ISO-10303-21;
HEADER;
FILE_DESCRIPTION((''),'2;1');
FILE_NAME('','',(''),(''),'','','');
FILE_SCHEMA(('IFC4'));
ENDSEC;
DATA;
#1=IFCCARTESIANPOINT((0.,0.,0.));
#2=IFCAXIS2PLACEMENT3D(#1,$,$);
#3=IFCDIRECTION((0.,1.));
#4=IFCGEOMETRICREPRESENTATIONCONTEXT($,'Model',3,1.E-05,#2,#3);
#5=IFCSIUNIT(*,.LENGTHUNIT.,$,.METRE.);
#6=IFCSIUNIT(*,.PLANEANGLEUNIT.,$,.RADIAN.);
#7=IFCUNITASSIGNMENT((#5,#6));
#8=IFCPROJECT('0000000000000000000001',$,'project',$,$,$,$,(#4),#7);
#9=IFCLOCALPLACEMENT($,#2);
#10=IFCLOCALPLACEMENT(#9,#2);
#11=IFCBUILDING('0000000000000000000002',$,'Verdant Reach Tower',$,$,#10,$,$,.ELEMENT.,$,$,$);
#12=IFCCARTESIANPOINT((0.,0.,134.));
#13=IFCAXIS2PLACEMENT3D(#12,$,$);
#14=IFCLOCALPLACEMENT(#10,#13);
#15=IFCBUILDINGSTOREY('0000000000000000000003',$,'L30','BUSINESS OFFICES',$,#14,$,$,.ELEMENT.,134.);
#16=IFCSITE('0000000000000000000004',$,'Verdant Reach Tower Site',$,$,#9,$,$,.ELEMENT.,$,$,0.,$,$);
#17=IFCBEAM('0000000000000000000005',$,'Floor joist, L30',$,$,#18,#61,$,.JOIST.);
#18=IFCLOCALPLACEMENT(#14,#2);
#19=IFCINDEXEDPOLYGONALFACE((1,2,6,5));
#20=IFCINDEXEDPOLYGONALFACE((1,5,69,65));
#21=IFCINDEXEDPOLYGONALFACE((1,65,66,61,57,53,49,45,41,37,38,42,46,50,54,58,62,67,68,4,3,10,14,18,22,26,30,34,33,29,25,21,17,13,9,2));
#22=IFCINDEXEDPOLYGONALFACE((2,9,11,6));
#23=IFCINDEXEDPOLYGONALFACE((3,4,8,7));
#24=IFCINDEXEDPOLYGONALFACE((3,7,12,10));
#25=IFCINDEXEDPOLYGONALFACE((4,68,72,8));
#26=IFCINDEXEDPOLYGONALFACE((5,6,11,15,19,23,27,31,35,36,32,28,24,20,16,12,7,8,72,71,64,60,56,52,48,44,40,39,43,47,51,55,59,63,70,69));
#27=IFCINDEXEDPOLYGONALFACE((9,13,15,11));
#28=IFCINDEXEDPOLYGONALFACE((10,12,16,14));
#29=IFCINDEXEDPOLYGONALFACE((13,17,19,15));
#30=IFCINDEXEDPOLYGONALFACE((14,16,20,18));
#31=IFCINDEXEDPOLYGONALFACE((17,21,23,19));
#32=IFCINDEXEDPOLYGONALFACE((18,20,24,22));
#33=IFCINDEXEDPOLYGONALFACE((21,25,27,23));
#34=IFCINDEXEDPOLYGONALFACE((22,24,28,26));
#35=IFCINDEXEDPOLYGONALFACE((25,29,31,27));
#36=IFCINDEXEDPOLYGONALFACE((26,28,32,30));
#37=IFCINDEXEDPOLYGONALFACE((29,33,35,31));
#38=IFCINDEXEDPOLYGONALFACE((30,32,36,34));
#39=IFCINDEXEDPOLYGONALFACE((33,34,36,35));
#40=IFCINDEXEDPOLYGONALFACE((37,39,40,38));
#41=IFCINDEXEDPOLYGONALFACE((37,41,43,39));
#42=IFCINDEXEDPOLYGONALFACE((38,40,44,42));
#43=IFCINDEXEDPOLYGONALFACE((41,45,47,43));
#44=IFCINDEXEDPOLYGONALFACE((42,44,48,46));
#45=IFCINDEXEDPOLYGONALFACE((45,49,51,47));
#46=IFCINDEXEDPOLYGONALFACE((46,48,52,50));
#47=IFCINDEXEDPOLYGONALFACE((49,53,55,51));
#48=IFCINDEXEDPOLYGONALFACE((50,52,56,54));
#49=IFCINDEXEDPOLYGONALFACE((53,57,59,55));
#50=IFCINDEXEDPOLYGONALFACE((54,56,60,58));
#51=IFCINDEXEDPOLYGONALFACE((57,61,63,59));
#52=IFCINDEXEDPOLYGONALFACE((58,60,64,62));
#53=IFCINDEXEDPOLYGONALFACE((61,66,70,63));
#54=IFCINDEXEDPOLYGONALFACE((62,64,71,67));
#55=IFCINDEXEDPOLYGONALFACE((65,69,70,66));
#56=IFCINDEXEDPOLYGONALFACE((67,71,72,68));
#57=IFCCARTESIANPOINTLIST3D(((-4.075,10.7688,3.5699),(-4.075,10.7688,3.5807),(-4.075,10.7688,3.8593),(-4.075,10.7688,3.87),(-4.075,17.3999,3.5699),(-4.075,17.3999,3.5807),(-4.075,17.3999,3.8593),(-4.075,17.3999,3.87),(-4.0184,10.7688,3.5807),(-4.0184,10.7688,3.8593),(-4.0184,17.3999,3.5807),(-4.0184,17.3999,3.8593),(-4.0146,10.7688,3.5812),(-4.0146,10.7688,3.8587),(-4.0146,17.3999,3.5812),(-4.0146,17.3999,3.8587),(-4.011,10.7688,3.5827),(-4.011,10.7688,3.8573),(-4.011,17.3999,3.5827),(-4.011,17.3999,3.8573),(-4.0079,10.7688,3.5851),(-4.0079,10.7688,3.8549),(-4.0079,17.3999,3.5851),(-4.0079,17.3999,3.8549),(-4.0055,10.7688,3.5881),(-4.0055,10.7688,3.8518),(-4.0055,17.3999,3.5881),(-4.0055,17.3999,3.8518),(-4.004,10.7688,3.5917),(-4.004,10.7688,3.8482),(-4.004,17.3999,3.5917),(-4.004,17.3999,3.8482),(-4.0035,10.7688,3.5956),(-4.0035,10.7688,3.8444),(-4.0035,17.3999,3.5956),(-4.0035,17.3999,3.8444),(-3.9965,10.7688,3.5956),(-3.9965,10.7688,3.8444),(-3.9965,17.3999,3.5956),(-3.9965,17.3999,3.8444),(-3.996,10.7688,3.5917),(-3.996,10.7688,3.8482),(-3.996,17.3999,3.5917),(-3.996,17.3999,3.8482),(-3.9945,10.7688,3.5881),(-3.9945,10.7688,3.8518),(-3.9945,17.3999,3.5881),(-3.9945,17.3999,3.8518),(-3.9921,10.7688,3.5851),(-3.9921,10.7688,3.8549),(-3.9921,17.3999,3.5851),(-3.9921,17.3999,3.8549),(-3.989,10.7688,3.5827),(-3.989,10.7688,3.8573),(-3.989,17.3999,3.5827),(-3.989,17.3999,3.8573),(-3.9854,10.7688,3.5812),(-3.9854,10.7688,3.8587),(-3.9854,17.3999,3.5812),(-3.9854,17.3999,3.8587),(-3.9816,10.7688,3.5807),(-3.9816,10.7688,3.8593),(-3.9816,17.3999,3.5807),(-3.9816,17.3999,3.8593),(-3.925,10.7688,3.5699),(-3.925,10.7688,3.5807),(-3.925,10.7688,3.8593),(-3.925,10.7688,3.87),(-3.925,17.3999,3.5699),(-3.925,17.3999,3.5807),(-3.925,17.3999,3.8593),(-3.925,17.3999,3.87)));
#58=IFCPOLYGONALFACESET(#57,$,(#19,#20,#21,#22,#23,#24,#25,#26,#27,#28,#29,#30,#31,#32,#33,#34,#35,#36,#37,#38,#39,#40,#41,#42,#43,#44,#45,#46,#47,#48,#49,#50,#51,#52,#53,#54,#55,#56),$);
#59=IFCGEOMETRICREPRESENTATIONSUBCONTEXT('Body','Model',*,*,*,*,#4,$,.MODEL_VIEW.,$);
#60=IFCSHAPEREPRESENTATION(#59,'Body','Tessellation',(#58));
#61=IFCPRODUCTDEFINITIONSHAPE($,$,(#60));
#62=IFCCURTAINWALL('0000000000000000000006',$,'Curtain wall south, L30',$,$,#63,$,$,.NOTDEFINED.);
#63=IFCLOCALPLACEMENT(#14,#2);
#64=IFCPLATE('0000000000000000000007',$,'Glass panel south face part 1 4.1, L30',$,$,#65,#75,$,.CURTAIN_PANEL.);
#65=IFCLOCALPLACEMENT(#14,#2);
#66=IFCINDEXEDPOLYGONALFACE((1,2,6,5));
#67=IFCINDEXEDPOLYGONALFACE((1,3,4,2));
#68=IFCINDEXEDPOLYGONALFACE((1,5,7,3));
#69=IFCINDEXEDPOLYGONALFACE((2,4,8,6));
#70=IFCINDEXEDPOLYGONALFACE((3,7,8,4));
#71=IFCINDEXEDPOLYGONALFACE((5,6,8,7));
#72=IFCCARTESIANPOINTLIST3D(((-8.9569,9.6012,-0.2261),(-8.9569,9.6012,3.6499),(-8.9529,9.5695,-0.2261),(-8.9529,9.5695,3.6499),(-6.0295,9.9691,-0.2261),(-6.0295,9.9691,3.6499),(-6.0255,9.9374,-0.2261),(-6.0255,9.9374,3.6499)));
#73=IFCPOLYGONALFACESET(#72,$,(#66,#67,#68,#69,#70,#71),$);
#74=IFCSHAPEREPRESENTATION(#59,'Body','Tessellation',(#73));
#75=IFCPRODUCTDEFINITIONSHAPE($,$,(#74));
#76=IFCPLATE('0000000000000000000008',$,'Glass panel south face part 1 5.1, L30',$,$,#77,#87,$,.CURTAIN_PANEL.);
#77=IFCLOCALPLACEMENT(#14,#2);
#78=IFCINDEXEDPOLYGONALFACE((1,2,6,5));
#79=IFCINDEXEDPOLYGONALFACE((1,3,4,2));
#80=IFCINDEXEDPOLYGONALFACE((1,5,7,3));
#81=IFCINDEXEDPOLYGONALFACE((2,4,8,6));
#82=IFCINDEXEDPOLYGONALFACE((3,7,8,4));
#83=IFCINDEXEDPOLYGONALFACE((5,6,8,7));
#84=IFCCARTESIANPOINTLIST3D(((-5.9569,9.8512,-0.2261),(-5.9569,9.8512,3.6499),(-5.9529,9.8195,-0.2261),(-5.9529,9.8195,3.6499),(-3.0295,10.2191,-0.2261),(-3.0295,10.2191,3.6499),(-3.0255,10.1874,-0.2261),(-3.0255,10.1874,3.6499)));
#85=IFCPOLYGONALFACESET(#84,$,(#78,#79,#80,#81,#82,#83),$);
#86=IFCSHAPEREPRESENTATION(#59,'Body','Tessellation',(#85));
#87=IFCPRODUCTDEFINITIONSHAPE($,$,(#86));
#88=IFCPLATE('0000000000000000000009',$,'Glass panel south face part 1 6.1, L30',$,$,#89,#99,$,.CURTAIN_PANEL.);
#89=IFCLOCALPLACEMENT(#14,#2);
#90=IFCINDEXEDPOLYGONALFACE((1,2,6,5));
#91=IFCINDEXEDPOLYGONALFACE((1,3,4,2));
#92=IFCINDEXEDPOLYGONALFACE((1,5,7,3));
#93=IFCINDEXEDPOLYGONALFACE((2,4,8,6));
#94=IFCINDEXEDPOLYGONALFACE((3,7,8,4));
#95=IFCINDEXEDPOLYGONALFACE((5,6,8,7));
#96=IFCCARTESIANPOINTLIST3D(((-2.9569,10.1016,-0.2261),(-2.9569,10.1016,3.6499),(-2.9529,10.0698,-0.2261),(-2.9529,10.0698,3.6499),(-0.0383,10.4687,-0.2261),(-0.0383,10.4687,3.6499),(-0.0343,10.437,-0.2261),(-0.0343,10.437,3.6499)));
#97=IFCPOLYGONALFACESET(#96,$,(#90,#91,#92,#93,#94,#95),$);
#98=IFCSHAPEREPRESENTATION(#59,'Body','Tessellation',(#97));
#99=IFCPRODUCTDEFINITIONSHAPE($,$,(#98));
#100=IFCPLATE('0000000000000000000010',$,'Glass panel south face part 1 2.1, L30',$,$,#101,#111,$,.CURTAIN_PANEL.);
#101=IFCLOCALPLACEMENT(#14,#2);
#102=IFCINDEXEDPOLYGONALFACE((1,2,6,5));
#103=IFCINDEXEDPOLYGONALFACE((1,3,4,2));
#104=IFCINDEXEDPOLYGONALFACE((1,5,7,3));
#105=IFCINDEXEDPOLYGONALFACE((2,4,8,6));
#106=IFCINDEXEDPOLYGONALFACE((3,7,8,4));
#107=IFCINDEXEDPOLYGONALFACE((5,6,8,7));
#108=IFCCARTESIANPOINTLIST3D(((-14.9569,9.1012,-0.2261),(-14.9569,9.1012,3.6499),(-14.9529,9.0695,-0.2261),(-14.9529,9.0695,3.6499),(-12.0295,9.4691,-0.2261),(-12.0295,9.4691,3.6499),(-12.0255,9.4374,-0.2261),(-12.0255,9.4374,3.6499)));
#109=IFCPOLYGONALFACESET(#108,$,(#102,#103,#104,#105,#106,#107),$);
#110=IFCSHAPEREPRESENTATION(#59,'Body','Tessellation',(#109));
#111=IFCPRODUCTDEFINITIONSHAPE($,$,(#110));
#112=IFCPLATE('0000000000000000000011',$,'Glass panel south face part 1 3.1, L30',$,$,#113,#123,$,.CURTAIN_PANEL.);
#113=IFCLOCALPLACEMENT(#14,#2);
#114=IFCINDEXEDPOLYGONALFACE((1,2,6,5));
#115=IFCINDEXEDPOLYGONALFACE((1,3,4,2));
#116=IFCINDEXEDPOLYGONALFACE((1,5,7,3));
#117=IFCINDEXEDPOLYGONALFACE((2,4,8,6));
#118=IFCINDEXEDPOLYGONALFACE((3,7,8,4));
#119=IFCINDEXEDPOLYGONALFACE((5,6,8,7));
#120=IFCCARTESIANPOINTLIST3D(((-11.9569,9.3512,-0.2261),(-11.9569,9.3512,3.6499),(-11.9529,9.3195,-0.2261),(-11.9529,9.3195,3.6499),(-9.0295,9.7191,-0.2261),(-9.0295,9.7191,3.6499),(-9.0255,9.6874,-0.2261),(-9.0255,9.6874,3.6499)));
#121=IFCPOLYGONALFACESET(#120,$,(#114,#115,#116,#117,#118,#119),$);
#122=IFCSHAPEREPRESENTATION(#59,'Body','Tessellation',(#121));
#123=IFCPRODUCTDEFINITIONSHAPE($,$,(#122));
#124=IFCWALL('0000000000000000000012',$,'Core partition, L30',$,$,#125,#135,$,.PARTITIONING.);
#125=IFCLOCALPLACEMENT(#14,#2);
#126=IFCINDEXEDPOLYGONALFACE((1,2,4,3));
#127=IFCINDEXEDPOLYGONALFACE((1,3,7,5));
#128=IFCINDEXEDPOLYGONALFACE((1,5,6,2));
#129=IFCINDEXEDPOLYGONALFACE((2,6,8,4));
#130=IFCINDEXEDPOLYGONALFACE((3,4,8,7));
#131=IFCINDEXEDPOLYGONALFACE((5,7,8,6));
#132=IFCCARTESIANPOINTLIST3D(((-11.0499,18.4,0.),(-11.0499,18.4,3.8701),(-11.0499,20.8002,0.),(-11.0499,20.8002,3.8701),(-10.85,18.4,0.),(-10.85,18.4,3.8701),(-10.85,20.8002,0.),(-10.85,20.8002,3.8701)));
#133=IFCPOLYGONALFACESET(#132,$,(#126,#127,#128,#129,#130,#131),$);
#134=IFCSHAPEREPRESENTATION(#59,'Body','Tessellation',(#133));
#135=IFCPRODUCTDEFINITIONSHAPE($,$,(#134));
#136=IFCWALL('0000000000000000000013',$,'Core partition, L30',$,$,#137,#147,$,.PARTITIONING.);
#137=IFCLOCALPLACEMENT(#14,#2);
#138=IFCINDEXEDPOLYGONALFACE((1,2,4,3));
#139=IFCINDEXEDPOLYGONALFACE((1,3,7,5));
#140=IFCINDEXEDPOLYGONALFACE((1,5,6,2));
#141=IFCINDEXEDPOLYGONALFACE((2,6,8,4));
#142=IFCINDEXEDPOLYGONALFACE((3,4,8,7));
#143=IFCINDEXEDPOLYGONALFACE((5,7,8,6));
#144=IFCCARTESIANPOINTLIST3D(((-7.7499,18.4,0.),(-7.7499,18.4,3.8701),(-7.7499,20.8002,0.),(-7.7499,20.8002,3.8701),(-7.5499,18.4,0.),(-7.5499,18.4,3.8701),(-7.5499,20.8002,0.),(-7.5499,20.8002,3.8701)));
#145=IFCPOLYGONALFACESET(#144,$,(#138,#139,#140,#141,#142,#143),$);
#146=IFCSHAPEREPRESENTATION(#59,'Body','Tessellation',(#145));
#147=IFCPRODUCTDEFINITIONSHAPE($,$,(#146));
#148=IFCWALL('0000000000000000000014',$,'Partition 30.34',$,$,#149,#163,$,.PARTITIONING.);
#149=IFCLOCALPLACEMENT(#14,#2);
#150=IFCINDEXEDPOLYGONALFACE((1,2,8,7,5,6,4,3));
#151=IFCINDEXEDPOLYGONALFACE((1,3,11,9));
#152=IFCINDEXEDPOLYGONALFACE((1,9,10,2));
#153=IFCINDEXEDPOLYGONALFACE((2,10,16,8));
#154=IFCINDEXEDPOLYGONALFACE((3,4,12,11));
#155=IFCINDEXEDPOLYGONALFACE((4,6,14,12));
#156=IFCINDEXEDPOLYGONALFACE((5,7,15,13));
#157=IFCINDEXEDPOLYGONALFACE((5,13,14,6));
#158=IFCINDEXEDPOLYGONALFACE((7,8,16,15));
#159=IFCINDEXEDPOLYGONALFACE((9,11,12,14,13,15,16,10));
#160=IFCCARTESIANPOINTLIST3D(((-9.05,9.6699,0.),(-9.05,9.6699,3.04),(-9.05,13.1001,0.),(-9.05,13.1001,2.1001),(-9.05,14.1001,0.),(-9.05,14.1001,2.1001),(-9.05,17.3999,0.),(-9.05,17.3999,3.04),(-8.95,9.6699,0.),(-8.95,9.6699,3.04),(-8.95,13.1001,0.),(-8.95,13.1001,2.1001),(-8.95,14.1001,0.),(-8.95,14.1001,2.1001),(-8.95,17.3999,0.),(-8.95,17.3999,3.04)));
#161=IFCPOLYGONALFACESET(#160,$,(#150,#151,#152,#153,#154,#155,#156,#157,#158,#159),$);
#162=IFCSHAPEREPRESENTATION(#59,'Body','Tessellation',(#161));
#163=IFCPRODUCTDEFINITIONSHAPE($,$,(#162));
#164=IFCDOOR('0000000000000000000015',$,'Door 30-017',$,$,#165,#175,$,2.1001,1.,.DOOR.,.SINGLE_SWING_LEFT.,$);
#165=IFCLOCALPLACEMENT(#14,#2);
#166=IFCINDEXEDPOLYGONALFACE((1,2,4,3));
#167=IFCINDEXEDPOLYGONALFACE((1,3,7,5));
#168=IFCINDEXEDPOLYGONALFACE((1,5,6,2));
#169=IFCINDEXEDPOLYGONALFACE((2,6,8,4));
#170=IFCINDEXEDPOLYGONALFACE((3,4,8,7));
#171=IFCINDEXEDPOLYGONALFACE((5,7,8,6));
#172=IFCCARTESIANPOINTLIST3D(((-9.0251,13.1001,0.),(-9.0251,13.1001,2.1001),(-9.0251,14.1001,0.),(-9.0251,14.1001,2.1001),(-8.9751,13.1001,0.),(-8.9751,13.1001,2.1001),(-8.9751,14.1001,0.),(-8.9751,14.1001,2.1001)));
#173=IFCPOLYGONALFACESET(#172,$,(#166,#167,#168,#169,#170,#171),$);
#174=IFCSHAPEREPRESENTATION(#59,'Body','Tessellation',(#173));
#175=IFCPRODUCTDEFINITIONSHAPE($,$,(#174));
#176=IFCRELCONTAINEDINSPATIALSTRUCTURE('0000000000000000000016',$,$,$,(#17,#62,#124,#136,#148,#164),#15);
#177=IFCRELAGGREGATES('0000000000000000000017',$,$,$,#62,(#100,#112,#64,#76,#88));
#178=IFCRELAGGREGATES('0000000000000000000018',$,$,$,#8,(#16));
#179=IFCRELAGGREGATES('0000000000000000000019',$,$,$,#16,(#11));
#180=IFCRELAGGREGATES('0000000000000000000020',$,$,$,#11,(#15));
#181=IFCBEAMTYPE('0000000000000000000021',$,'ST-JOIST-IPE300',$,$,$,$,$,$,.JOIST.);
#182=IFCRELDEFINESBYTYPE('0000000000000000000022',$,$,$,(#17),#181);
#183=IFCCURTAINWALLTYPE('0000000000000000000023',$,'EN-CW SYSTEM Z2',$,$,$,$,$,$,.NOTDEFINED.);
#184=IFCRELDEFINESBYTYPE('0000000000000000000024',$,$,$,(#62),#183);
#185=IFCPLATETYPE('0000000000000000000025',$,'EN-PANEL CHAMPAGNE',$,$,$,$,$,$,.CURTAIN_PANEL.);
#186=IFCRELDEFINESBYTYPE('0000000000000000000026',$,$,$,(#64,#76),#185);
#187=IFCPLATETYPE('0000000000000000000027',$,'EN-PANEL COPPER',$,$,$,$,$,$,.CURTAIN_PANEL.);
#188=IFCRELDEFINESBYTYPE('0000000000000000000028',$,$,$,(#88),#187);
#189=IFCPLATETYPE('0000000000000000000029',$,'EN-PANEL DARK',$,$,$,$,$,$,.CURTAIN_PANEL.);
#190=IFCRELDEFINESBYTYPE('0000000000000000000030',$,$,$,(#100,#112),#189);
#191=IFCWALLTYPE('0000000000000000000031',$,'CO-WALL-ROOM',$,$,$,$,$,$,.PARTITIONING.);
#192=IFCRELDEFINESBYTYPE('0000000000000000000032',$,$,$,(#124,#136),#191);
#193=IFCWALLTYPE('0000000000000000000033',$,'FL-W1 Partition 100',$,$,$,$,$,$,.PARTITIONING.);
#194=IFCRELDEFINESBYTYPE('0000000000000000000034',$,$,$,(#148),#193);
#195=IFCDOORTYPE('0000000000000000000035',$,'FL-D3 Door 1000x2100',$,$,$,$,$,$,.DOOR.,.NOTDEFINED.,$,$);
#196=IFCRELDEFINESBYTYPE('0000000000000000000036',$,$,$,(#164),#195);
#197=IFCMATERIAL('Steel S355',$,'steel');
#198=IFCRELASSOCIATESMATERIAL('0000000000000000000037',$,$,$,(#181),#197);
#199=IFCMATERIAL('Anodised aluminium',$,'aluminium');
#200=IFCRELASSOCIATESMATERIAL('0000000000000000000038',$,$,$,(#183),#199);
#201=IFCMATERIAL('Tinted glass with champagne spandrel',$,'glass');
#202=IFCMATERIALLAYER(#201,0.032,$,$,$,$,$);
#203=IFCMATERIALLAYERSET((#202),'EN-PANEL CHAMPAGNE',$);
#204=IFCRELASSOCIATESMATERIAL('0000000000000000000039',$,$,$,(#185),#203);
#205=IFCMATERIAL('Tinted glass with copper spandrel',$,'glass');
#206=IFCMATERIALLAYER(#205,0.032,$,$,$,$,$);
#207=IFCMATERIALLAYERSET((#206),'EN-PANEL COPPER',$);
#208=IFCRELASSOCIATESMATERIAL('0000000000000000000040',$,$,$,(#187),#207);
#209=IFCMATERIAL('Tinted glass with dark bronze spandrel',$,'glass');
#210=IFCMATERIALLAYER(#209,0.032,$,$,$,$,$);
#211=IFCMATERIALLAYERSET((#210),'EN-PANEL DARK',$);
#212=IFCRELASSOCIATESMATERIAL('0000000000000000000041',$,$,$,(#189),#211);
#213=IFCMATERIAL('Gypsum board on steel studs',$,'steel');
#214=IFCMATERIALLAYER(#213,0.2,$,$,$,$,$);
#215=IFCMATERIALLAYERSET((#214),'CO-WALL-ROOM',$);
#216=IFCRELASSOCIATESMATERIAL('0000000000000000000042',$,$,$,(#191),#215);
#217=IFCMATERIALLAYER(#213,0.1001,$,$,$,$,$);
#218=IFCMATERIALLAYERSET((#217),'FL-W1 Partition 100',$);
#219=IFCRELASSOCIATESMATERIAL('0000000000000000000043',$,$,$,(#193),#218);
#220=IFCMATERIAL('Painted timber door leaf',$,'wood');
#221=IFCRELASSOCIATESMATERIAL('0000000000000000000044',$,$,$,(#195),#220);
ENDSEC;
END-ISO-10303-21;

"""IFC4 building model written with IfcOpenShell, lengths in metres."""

from ifc_helpers import new_model, si_unit, direction, frame, frame_2d, origin, origin_2d, place, context, subcontext, project, spatial, rectangle, i_section, extrude, material, layer, layer_set, material_profile, profile_set, type_object, element, fill, aggregate, save


model = new_model("IFC4")

# Units and contexts
model_context = context("Model", 3, precision=1e-05, world=origin(), true_north=direction((0.0, 1.0)))
body_context = subcontext(model_context, "Body", "Model", "MODEL_VIEW")
ifc_project = project(units=[si_unit("LENGTHUNIT", "METRE"), si_unit("PLANEANGLEUNIT", "RADIAN")], contexts=[model_context])

# Site, building, storey
site_placement = place(None, origin())
site = spatial("IfcSite", under=ifc_project, at=site_placement, Name="Verdant Reach Tower Site", CompositionType="ELEMENT", RefElevation=0.0)
building_placement = place(site_placement, origin())
building = spatial("IfcBuilding", under=site, at=building_placement, Name="Verdant Reach Tower", CompositionType="ELEMENT")
storey_placement = place(building_placement, frame((0.0, 0.0, 134.0)))
storey = spatial("IfcBuildingStorey", under=building, at=storey_placement, Name="L30", Description="BUSINESS OFFICES", CompositionType="ELEMENT", Elevation=134.0)

# Beam
ifc_material_1 = material(Name="Steel S355", Category="steel")
ifc_material_profile_1 = material_profile(ifc_material_1, i_section(OverallWidth=0.1499, OverallDepth=0.3, WebThickness=0.0071, FlangeThickness=0.0107, FilletRadius=0.0149, at=origin_2d()), Name="IPE 300")
ifc_profile_set_1 = profile_set([ifc_material_profile_1], Name="Steel S355")
beam_type_1 = type_object("IfcBeamType", Name="ST-JOIST-IPE300", PredefinedType="JOIST", material=ifc_profile_set_1)
beam_1_placement = place(storey_placement, frame((-4.0, 17.3999, 3.72), z_axis=(0.0, -1.0, 0.0), x_axis=(1.0, 0.0, 0.0)))
element("IfcBeam", 1, at=beam_1_placement, inside=storey, type_object=beam_type_1, Name="Floor joist, L30", PredefinedType="JOIST", context=body_context, shape_type="SweptSolid", body=[
    extrude(i_section(OverallWidth=0.1499, OverallDepth=0.3, WebThickness=0.0071, FlangeThickness=0.0107, FilletRadius=0.0149, at=origin_2d()), origin(), (0.0, 0.0, 1.0), 6.6311),
])

# Curtain wall, plates
ifc_material_2 = material(Name="Anodised aluminium", Category="aluminium")
curtain_wall_type = type_object("IfcCurtainWallType", Name="EN-CW SYSTEM Z2", PredefinedType="NOTDEFINED", material=ifc_material_2)
curtain_wall_placement = place(storey_placement, origin())
curtain_wall = element("IfcCurtainWall", 2, at=curtain_wall_placement, inside=storey, type_object=curtain_wall_type, Name="Curtain wall south, L30", PredefinedType="NOTDEFINED")
ifc_material_3 = material(Name="Tinted glass with champagne spandrel", Category="glass")
ifc_layer_1 = layer(ifc_material_3, 0.032)
ifc_layer_set_1 = layer_set([ifc_layer_1], Name="EN-PANEL CHAMPAGNE")
plate_type_1 = type_object("IfcPlateType", Name="EN-PANEL CHAMPAGNE", PredefinedType="CURTAIN_PANEL", material=ifc_layer_set_1)
plate_1_placement = place(storey_placement, frame((-7.4912, 9.7693, -0.2261), z_axis=(0.0, 0.0, 1.0), x_axis=(0.992194, 0.124704, 0.0)))
plate_1 = element("IfcPlate", 3, at=plate_1_placement, type_object=plate_type_1, Name="Glass panel south face part 1 4.1, L30", PredefinedType="CURTAIN_PANEL", context=body_context, shape_type="SweptSolid", body=[
    extrude(rectangle(XDim=2.9504, YDim=0.032, at=origin_2d()), origin(), (0.0, 0.0, 1.0), 3.876),
])
plate_2_placement = place(storey_placement, frame((-4.4912, 10.0193, -0.2261), z_axis=(0.0, 0.0, 1.0), x_axis=(0.992194, 0.124704, 0.0)))
plate_2 = element("IfcPlate", 4, at=plate_2_placement, type_object=plate_type_1, Name="Glass panel south face part 1 5.1, L30", PredefinedType="CURTAIN_PANEL", context=body_context, shape_type="SweptSolid", body=[
    extrude(rectangle(XDim=2.9504, YDim=0.032, at=origin_2d()), origin(), (0.0, 0.0, 1.0), 3.876),
])
ifc_material_4 = material(Name="Tinted glass with copper spandrel", Category="glass")
ifc_layer_2 = layer(ifc_material_4, 0.032)
ifc_layer_set_2 = layer_set([ifc_layer_2], Name="EN-PANEL COPPER")
plate_type_2 = type_object("IfcPlateType", Name="EN-PANEL COPPER", PredefinedType="CURTAIN_PANEL", material=ifc_layer_set_2)
plate_3_placement = place(storey_placement, frame((-1.4956, 10.2693, -0.2261), z_axis=(0.0, 0.0, 1.0), x_axis=(0.992179, 0.124825, 0.0)))
plate_3 = element("IfcPlate", 5, at=plate_3_placement, type_object=plate_type_2, Name="Glass panel south face part 1 6.1, L30", PredefinedType="CURTAIN_PANEL", context=body_context, shape_type="SweptSolid", body=[
    extrude(rectangle(XDim=2.9417, YDim=0.032, at=origin_2d()), origin(), (0.0, 0.0, 1.0), 3.876),
])
ifc_material_5 = material(Name="Tinted glass with dark bronze spandrel", Category="glass")
ifc_layer_3 = layer(ifc_material_5, 0.032)
ifc_layer_set_3 = layer_set([ifc_layer_3], Name="EN-PANEL DARK")
plate_type_3 = type_object("IfcPlateType", Name="EN-PANEL DARK", PredefinedType="CURTAIN_PANEL", material=ifc_layer_set_3)
plate_4_placement = place(storey_placement, frame((-13.4912, 9.2693, -0.2261), z_axis=(0.0, 0.0, 1.0), x_axis=(0.992194, 0.124704, 0.0)))
plate_4 = element("IfcPlate", 6, at=plate_4_placement, type_object=plate_type_3, Name="Glass panel south face part 1 2.1, L30", PredefinedType="CURTAIN_PANEL", context=body_context, shape_type="SweptSolid", body=[
    extrude(rectangle(XDim=2.9504, YDim=0.032, at=origin_2d()), origin(), (0.0, 0.0, 1.0), 3.876),
])
plate_5_placement = place(storey_placement, frame((-10.4912, 9.5193, -0.2261), z_axis=(0.0, 0.0, 1.0), x_axis=(0.992194, 0.124704, 0.0)))
plate_5 = element("IfcPlate", 7, at=plate_5_placement, type_object=plate_type_3, Name="Glass panel south face part 1 3.1, L30", PredefinedType="CURTAIN_PANEL", context=body_context, shape_type="SweptSolid", body=[
    extrude(rectangle(XDim=2.9504, YDim=0.032, at=origin_2d()), origin(), (0.0, 0.0, 1.0), 3.876),
])
aggregate(curtain_wall, [plate_4, plate_5, plate_1, plate_2, plate_3])

# Walls
ifc_material_6 = material(Name="Gypsum board on steel studs", Category="steel")
ifc_layer_4 = layer(ifc_material_6, 0.2)
ifc_layer_set_4 = layer_set([ifc_layer_4], Name="CO-WALL-ROOM")
wall_type_1 = type_object("IfcWallType", Name="CO-WALL-ROOM", PredefinedType="PARTITIONING", material=ifc_layer_set_4)
for number, where, z_axis, x_axis, name in (
    (8, (-10.95, 18.3999, 0.0), (0.0, 0.0, 1.0), (0.0, 1.0, 0.0), "Core partition, L30"),
    (9, (-7.6499, 18.3999, 0.0), (0.0, 0.0, 1.0), (0.0, 1.0, 0.0), "Core partition, L30"),
):
    element("IfcWall", number, at=place(storey_placement, frame(where, z_axis=z_axis, x_axis=x_axis)), inside=storey, type_object=wall_type_1, Name=name, PredefinedType="PARTITIONING", context=body_context, shape_type="SweptSolid", body=[
        extrude(rectangle(XDim=2.4001, YDim=0.2, at=frame_2d((1.2002, 0.0))), origin(), (0.0, 0.0, 1.0), 3.8701),
    ])

# Wall, opening, door
ifc_layer_5 = layer(ifc_material_6, 0.1001)
ifc_layer_set_5 = layer_set([ifc_layer_5], Name="FL-W1 Partition 100")
wall_type_2 = type_object("IfcWallType", Name="FL-W1 Partition 100", PredefinedType="PARTITIONING", material=ifc_layer_set_5)
wall_1_placement = place(storey_placement, frame((-9.0, 17.3999, 0.0), z_axis=(0.0, 0.0, 1.0), x_axis=(0.0, -1.0, 0.0)))
wall_1 = element("IfcWall", 10, at=wall_1_placement, inside=storey, type_object=wall_type_2, Name="Partition 30.34", PredefinedType="PARTITIONING", context=body_context, shape_type="SweptSolid", body=[
    extrude(rectangle(XDim=7.73, YDim=0.1001, at=frame_2d((3.865, 0.0))), origin(), (0.0, 0.0, 1.0), 3.04),
])
opening_1_placement = place(wall_1_placement, frame((3.2998, 0.0, 0.0)))
opening_1 = element("IfcOpeningElement", 11, at=opening_1_placement, cuts=wall_1, PredefinedType="OPENING", context=body_context, shape_type="SweptSolid", body=[
    extrude(rectangle(XDim=1.0, YDim=2.1001, at=frame_2d((0.5, 1.05))), frame((0.0, 0.0601, 0.0), z_axis=(0.0, -1.0, 0.0), x_axis=(1.0, 0.0, 0.0)), (0.0, 0.0, 1.0), 0.1201),
])
ifc_material_7 = material(Name="Painted timber door leaf", Category="wood")
door_type_1 = type_object("IfcDoorType", Name="FL-D3 Door 1000x2100", OperationType="NOTDEFINED", PredefinedType="DOOR", material=ifc_material_7)
door_1_placement = place(opening_1_placement, origin())
door_1 = element("IfcDoor", 12, at=door_1_placement, inside=storey, type_object=door_type_1, Name="Door 30-017", OperationType="SINGLE_SWING_LEFT", OverallHeight=2.1001, OverallWidth=1.0, PredefinedType="DOOR", context=body_context, shape_type="SweptSolid", body=[
    extrude(rectangle(XDim=1.0, YDim=2.1001, at=frame_2d((0.5, 1.05))), frame((0.0, 0.0249, 0.0), z_axis=(0.0, -1.0, 0.0), x_axis=(1.0, 0.0, 0.0)), (0.0, 0.0, 1.0), 0.05),
])
fill(opening_1, door_1)

save(model, "model.ifc")
